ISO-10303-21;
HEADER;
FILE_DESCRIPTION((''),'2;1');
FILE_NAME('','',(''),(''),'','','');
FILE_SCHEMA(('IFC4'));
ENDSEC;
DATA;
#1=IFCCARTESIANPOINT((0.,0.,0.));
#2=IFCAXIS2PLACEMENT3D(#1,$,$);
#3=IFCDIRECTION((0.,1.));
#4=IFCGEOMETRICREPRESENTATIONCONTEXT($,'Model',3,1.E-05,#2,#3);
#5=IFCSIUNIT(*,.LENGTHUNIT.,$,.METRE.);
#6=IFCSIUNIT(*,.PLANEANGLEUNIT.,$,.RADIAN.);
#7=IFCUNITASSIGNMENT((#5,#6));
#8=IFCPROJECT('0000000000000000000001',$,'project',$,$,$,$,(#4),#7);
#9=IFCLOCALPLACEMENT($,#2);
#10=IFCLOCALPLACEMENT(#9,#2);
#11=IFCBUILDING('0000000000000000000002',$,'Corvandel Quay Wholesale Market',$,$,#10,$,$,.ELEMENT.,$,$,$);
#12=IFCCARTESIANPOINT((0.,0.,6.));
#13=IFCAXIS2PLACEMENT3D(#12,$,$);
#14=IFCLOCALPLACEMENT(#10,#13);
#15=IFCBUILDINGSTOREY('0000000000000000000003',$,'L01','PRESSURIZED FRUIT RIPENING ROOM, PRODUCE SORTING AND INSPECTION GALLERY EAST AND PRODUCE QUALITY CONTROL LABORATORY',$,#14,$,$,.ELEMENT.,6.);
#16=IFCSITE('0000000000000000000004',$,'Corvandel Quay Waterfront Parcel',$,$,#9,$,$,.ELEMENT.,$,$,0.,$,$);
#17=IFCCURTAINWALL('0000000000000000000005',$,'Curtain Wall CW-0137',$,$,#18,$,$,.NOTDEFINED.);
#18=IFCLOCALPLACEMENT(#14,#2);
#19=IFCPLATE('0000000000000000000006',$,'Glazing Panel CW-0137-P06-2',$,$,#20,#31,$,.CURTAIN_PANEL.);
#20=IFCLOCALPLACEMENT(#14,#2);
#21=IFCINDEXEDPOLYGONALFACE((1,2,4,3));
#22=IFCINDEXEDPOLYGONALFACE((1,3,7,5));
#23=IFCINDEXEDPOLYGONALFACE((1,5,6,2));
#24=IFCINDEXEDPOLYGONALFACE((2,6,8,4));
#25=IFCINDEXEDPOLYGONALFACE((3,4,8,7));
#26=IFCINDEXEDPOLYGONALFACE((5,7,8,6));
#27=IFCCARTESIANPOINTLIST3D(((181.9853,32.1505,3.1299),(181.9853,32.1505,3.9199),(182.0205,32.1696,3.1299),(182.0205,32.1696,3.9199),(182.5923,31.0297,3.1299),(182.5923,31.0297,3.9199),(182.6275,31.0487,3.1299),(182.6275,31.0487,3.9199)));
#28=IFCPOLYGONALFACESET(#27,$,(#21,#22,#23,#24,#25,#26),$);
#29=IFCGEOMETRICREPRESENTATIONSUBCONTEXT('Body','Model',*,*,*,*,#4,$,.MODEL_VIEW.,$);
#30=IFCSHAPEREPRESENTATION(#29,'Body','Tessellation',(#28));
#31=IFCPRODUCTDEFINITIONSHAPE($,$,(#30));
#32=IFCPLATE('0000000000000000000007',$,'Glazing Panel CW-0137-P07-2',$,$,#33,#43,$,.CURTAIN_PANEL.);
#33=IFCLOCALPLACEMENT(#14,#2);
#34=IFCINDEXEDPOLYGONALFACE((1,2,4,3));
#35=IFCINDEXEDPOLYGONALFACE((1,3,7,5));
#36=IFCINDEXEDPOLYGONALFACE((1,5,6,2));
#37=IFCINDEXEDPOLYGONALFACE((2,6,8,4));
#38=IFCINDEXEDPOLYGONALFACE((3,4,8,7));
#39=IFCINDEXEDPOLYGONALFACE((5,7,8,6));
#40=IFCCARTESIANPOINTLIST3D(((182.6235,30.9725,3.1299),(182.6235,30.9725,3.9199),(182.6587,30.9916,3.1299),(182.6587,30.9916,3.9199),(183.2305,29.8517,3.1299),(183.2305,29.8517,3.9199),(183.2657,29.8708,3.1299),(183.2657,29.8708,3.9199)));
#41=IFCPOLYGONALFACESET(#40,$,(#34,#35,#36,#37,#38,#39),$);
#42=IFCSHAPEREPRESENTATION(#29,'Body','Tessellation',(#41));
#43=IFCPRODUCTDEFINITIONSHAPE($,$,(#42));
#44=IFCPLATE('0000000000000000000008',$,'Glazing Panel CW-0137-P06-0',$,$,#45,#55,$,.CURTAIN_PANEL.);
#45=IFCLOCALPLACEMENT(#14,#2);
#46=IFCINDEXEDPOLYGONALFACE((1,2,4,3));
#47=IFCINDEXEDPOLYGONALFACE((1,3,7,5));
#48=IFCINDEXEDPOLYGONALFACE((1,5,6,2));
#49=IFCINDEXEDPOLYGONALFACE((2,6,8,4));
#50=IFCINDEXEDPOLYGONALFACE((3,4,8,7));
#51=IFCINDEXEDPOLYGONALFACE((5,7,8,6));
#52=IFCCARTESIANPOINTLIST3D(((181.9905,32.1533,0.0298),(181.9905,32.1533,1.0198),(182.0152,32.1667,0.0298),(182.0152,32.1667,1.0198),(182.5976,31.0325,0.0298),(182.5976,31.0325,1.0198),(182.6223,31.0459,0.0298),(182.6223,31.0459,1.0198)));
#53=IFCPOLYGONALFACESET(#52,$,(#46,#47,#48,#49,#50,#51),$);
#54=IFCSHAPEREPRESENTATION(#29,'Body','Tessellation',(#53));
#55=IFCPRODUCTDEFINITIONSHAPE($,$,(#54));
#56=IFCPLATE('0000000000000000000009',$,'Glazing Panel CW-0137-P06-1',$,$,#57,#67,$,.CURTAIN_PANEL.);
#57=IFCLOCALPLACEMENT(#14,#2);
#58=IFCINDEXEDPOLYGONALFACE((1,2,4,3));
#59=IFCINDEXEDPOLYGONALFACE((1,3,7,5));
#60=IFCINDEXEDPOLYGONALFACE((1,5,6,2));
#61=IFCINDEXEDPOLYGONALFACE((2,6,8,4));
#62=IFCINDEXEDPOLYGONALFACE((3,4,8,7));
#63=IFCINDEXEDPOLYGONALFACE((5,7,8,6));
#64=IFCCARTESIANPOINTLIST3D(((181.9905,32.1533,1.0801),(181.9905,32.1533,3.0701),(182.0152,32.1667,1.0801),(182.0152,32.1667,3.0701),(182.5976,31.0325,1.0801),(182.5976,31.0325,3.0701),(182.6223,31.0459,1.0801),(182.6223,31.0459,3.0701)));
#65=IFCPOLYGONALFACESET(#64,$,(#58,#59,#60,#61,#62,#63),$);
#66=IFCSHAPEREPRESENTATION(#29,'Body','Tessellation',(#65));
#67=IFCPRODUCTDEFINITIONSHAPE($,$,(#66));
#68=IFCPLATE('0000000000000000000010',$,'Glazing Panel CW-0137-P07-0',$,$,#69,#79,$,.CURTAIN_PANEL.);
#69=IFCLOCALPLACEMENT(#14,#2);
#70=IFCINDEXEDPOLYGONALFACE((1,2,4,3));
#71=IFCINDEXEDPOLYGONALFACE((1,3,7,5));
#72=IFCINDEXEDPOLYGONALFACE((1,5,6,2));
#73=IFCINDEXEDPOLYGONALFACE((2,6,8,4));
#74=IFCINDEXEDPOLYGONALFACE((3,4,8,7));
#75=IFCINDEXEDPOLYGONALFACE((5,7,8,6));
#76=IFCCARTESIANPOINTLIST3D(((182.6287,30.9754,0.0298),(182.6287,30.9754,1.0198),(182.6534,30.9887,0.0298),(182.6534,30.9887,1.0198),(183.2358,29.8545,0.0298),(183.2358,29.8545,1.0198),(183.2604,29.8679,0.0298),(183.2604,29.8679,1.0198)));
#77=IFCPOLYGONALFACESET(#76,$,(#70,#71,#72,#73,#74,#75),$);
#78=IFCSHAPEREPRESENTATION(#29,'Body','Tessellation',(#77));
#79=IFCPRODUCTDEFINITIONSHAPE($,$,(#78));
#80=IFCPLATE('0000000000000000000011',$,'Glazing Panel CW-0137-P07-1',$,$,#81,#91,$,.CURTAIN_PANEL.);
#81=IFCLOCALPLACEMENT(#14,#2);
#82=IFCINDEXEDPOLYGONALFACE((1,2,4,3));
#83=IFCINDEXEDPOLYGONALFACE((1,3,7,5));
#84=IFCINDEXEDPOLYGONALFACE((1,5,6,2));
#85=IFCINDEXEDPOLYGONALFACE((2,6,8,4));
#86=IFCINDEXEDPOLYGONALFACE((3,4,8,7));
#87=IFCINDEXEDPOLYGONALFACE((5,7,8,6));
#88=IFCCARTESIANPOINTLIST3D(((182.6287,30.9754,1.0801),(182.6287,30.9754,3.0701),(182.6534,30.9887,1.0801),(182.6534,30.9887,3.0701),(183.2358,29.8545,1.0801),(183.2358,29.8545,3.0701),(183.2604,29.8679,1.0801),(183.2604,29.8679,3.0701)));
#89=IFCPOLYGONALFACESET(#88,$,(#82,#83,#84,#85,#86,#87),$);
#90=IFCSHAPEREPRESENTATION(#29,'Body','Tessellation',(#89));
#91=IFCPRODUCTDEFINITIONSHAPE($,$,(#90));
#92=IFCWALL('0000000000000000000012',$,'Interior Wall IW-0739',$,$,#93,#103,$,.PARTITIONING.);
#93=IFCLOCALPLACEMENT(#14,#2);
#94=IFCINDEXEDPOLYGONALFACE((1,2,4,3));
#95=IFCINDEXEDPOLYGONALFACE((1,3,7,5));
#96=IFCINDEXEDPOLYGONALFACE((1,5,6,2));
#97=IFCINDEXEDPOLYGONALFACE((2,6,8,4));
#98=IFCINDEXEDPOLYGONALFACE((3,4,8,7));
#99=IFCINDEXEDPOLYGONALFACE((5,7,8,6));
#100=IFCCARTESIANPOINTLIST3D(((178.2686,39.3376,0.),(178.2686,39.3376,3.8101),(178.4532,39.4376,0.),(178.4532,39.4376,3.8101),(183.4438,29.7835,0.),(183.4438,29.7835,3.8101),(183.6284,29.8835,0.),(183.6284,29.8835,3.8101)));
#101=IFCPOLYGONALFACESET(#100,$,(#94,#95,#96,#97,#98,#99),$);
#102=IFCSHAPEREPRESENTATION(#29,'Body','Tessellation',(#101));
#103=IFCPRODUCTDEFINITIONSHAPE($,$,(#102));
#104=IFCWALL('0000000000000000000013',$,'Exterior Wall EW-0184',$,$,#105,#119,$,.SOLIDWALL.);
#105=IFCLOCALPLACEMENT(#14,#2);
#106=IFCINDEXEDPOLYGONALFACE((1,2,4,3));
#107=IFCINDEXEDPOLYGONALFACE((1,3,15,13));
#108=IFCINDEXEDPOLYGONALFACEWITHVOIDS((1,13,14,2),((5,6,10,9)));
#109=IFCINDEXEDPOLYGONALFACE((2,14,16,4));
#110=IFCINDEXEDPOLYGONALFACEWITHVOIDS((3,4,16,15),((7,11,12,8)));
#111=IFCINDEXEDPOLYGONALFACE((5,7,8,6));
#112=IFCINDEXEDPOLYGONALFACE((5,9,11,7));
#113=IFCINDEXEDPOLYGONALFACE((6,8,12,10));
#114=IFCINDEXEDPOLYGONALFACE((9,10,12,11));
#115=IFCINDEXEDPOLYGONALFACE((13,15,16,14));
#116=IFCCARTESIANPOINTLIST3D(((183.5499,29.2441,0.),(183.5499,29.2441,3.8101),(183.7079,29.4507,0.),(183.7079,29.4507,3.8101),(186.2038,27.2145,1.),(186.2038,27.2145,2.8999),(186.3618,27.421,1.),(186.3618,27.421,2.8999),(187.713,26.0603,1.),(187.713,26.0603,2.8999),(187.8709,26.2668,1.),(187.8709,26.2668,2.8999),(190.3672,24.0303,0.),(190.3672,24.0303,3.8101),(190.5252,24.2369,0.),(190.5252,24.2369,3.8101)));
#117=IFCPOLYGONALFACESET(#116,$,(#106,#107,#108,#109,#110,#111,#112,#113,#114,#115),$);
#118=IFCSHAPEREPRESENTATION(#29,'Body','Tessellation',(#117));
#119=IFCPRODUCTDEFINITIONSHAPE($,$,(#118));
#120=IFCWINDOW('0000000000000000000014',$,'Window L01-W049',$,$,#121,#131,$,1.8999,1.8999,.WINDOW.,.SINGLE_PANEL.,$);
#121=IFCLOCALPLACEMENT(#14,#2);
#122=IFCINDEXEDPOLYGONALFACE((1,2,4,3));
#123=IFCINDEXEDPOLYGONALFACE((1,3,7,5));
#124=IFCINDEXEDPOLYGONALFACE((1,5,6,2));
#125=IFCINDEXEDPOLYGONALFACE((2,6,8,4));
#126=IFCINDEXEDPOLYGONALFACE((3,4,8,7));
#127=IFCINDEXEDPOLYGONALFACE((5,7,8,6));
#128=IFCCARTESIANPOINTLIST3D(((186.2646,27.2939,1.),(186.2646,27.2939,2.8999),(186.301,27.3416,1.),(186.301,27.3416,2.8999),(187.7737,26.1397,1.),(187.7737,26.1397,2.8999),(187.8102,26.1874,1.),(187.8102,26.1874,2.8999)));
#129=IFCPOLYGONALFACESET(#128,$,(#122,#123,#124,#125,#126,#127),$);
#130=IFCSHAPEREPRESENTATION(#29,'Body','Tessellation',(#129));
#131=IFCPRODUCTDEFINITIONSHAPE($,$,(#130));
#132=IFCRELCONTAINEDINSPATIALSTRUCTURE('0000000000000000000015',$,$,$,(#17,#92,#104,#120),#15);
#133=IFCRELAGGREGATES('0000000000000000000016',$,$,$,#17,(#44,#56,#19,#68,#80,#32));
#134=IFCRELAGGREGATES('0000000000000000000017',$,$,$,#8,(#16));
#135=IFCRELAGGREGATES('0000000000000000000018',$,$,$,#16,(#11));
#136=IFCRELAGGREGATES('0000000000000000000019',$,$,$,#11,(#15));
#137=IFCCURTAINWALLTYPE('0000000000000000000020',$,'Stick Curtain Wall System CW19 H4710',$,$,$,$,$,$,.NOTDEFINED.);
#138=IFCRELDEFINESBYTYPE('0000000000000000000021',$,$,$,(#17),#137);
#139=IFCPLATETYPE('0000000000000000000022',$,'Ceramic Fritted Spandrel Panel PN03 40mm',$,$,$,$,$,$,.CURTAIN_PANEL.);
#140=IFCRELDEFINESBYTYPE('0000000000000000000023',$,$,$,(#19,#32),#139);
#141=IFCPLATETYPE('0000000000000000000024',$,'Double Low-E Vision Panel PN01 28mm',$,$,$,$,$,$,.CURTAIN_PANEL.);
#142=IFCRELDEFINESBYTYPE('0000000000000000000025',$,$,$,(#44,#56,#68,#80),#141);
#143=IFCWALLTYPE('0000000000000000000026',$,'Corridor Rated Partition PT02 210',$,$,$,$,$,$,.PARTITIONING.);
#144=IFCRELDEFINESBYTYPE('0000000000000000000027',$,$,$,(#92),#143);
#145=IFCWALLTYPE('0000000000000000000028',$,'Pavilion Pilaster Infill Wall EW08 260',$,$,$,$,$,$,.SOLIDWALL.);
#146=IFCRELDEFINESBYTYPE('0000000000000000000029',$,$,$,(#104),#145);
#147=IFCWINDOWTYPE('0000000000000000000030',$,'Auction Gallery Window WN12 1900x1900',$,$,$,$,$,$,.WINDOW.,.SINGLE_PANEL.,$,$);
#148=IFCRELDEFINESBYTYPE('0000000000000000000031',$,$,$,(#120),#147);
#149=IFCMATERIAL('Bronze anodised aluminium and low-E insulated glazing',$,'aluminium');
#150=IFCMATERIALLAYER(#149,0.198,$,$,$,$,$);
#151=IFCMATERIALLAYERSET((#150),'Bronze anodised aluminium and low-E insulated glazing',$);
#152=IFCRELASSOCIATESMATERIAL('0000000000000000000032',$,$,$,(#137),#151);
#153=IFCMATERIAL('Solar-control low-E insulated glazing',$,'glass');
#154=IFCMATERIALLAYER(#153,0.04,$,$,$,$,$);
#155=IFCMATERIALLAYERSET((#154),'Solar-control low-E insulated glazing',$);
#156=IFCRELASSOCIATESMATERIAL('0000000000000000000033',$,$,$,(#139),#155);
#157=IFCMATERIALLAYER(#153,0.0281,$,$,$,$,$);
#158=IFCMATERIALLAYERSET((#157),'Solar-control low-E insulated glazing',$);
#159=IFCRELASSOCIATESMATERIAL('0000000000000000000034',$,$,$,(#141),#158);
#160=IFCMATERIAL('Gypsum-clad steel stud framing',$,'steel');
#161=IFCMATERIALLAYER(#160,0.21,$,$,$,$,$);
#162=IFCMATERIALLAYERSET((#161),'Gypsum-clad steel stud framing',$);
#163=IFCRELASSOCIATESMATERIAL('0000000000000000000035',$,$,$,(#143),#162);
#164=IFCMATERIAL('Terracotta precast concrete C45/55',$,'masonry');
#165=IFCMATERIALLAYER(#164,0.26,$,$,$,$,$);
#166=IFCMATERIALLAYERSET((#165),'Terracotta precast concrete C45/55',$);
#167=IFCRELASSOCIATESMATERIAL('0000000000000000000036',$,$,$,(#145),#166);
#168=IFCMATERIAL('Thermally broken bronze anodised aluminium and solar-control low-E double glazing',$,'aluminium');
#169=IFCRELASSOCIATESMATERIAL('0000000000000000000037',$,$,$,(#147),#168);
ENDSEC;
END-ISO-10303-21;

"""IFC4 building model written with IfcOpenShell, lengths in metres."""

from ifc_helpers import new_model, si_unit, direction, frame, frame_2d, origin, origin_2d, place, context, subcontext, project, spatial, rectangle, extrude, material, layer, layer_set, type_object, element, fill, aggregate, save


model = new_model("IFC4")

# Units and contexts
model_context = context("Model", 3, precision=1e-05, world=origin(), true_north=direction((0.0, 1.0)))
body_context = subcontext(model_context, "Body", "Model", "MODEL_VIEW")
ifc_project = project(units=[si_unit("LENGTHUNIT", "METRE"), si_unit("PLANEANGLEUNIT", "RADIAN")], contexts=[model_context])

# Site, building, storey
site_placement = place(None, origin())
site = spatial("IfcSite", under=ifc_project, at=site_placement, Name="Corvandel Quay Waterfront Parcel", CompositionType="ELEMENT", RefElevation=0.0)
building_placement = place(site_placement, origin())
building = spatial("IfcBuilding", under=site, at=building_placement, Name="Corvandel Quay Wholesale Market", CompositionType="ELEMENT")
storey_placement = place(building_placement, frame((0.0, 0.0, 6.0)))
storey = spatial("IfcBuildingStorey", under=building, at=storey_placement, Name="L01", Description="PRESSURIZED FRUIT RIPENING ROOM, PRODUCE SORTING AND INSPECTION GALLERY EAST AND PRODUCE QUALITY CONTROL LABORATORY", CompositionType="ELEMENT", Elevation=6.0)

# Curtain wall
ifc_material_1 = material(Name="Bronze anodised aluminium and low-E insulated glazing", Category="aluminium")
ifc_layer_1 = layer(ifc_material_1, 0.198)
ifc_layer_set_1 = layer_set([ifc_layer_1], Name="Bronze anodised aluminium and low-E insulated glazing")
curtain_wall_type = type_object("IfcCurtainWallType", Name="Stick Curtain Wall System CW19 H4710", PredefinedType="NOTDEFINED", material=ifc_layer_set_1)
curtain_wall_placement = place(storey_placement, origin())
curtain_wall = element("IfcCurtainWall", 1, at=curtain_wall_placement, inside=storey, type_object=curtain_wall_type, Name="Curtain Wall CW-0137", PredefinedType="NOTDEFINED")

# Plates
ifc_material_2 = material(Name="Solar-control low-E insulated glazing", Category="glass")
ifc_layer_2 = layer(ifc_material_2, 0.04)
ifc_layer_set_2 = layer_set([ifc_layer_2], Name="Solar-control low-E insulated glazing")
plate_type_1 = type_object("IfcPlateType", Name="Ceramic Fritted Spandrel Panel PN03 40mm", PredefinedType="CURTAIN_PANEL", material=ifc_layer_set_2)
plate_1_placement = place(storey_placement, frame((182.3064, 31.5996, 3.1299), z_axis=(0.0, 0.0, 1.0), x_axis=(-0.476238, 0.879316, 0.0)))
plate_1 = element("IfcPlate", 2, at=plate_1_placement, type_object=plate_type_1, Name="Glazing Panel CW-0137-P06-2", PredefinedType="CURTAIN_PANEL", context=body_context, shape_type="SweptSolid", body=[
    extrude(rectangle(XDim=1.2747, YDim=0.04, at=origin_2d()), origin(), (0.0, 0.0, 1.0), 0.79),
])
plate_2_placement = place(storey_placement, frame((182.9446, 30.4216, 3.1299), z_axis=(0.0, 0.0, 1.0), x_axis=(-0.476238, 0.879316, 0.0)))
plate_2 = element("IfcPlate", 3, at=plate_2_placement, type_object=plate_type_1, Name="Glazing Panel CW-0137-P07-2", PredefinedType="CURTAIN_PANEL", context=body_context, shape_type="SweptSolid", body=[
    extrude(rectangle(XDim=1.2747, YDim=0.04, at=origin_2d()), origin(), (0.0, 0.0, 1.0), 0.79),
])
ifc_layer_3 = layer(ifc_material_2, 0.0281)
ifc_layer_set_3 = layer_set([ifc_layer_3], Name="Solar-control low-E insulated glazing")
plate_type_2 = type_object("IfcPlateType", Name="Double Low-E Vision Panel PN01 28mm", PredefinedType="CURTAIN_PANEL", material=ifc_layer_set_3)
plate_3_placement = place(storey_placement, frame((182.3064, 31.5996, 0.0298), z_axis=(0.0, 0.0, 1.0), x_axis=(-0.476238, 0.879316, 0.0)))
plate_3 = element("IfcPlate", 4, at=plate_3_placement, type_object=plate_type_2, Name="Glazing Panel CW-0137-P06-0", PredefinedType="CURTAIN_PANEL", context=body_context, shape_type="SweptSolid", body=[
    extrude(rectangle(XDim=1.2747, YDim=0.0281, at=origin_2d()), origin(), (0.0, 0.0, 1.0), 0.99),
])
plate_4_placement = place(storey_placement, frame((182.3064, 31.5996, 1.0801), z_axis=(0.0, 0.0, 1.0), x_axis=(-0.476238, 0.879316, 0.0)))
plate_4 = element("IfcPlate", 5, at=plate_4_placement, type_object=plate_type_2, Name="Glazing Panel CW-0137-P06-1", PredefinedType="CURTAIN_PANEL", context=body_context, shape_type="SweptSolid", body=[
    extrude(rectangle(XDim=1.2747, YDim=0.0281, at=origin_2d()), origin(), (0.0, 0.0, 1.0), 1.99),
])
plate_5_placement = place(storey_placement, frame((182.9446, 30.4216, 0.0298), z_axis=(0.0, 0.0, 1.0), x_axis=(-0.476238, 0.879316, 0.0)))
plate_5 = element("IfcPlate", 6, at=plate_5_placement, type_object=plate_type_2, Name="Glazing Panel CW-0137-P07-0", PredefinedType="CURTAIN_PANEL", context=body_context, shape_type="SweptSolid", body=[
    extrude(rectangle(XDim=1.2747, YDim=0.0281, at=origin_2d()), origin(), (0.0, 0.0, 1.0), 0.99),
])
plate_6_placement = place(storey_placement, frame((182.9446, 30.4216, 1.0801), z_axis=(0.0, 0.0, 1.0), x_axis=(-0.476238, 0.879316, 0.0)))
plate_6 = element("IfcPlate", 7, at=plate_6_placement, type_object=plate_type_2, Name="Glazing Panel CW-0137-P07-1", PredefinedType="CURTAIN_PANEL", context=body_context, shape_type="SweptSolid", body=[
    extrude(rectangle(XDim=1.2747, YDim=0.0281, at=origin_2d()), origin(), (0.0, 0.0, 1.0), 1.99),
])
aggregate(curtain_wall, [plate_3, plate_4, plate_1, plate_5, plate_6, plate_2])

# Wall
ifc_material_3 = material(Name="Gypsum-clad steel stud framing", Category="steel")
ifc_layer_4 = layer(ifc_material_3, 0.21)
ifc_layer_set_4 = layer_set([ifc_layer_4], Name="Gypsum-clad steel stud framing")
wall_type_1 = type_object("IfcWallType", Name="Corridor Rated Partition PT02 210", PredefinedType="PARTITIONING", material=ifc_layer_set_4)
wall_1_placement = place(storey_placement, frame((183.5361, 29.8335, 0.0), z_axis=(0.0, 0.0, 1.0), x_axis=(-0.47629, 0.879288, 0.0)))
element("IfcWall", 8, at=wall_1_placement, inside=storey, type_object=wall_type_1, Name="Interior Wall IW-0739", PredefinedType="PARTITIONING", context=body_context, shape_type="SweptSolid", body=[
    extrude(rectangle(XDim=10.8657, YDim=0.21, at=frame_2d((5.4329, 0.0))), origin(), (0.0, 0.0, 1.0), 3.8101),
])

# Wall, opening, window
ifc_material_4 = material(Name="Terracotta precast concrete C45/55", Category="masonry")
ifc_layer_5 = layer(ifc_material_4, 0.26)
ifc_layer_set_5 = layer_set([ifc_layer_5], Name="Terracotta precast concrete C45/55")
wall_type_2 = type_object("IfcWallType", Name="Pavilion Pilaster Infill Wall EW08 260", PredefinedType="SOLIDWALL", material=ifc_layer_set_5)
wall_2_placement = place(storey_placement, frame((183.6289, 29.3474, 0.0), z_axis=(0.0, 0.0, 1.0), x_axis=(0.794326, -0.607492, 0.0)))
wall_2 = element("IfcWall", 9, at=wall_2_placement, inside=storey, type_object=wall_type_2, Name="Exterior Wall EW-0184", PredefinedType="SOLIDWALL", context=body_context, shape_type="SweptSolid", body=[
    extrude(rectangle(XDim=8.5825, YDim=0.26, at=frame_2d((4.2913, 0.0))), origin(), (0.0, 0.0, 1.0), 3.8101),
])
opening_placement = place(wall_2_placement, frame((3.3411, 0.0, 1.0)))
opening = element("IfcOpeningElement", 10, at=opening_placement, cuts=wall_2, PredefinedType="OPENING", context=body_context, shape_type="SweptSolid", body=[
    extrude(rectangle(XDim=1.8999, YDim=1.8999, at=frame_2d((0.95, 0.95))), frame((0.0, 0.1399, 0.0), z_axis=(0.0, -1.0, 0.0), x_axis=(1.0, 0.0, 0.0)), (0.0, 0.0, 1.0), 0.28),
])
ifc_material_5 = material(Name="Thermally broken bronze anodised aluminium and solar-control low-E double glazing", Category="aluminium")
window_type = type_object("IfcWindowType", Name="Auction Gallery Window WN12 1900x1900", PartitioningType="SINGLE_PANEL", PredefinedType="WINDOW", material=ifc_material_5)
window_placement = place(opening_placement, origin())
window = element("IfcWindow", 11, at=window_placement, inside=storey, type_object=window_type, Name="Window L01-W049", OverallHeight=1.8999, OverallWidth=1.8999, PartitioningType="SINGLE_PANEL", PredefinedType="WINDOW", context=body_context, shape_type="SweptSolid", body=[
    extrude(rectangle(XDim=1.8999, YDim=1.8999, at=frame_2d((0.95, 0.95))), frame((0.0, 0.03, 0.0), z_axis=(0.0, -1.0, 0.0), x_axis=(1.0, 0.0, 0.0)), (0.0, 0.0, 1.0), 0.0601),
])
fill(opening, window)

save(model, "model.ifc")
